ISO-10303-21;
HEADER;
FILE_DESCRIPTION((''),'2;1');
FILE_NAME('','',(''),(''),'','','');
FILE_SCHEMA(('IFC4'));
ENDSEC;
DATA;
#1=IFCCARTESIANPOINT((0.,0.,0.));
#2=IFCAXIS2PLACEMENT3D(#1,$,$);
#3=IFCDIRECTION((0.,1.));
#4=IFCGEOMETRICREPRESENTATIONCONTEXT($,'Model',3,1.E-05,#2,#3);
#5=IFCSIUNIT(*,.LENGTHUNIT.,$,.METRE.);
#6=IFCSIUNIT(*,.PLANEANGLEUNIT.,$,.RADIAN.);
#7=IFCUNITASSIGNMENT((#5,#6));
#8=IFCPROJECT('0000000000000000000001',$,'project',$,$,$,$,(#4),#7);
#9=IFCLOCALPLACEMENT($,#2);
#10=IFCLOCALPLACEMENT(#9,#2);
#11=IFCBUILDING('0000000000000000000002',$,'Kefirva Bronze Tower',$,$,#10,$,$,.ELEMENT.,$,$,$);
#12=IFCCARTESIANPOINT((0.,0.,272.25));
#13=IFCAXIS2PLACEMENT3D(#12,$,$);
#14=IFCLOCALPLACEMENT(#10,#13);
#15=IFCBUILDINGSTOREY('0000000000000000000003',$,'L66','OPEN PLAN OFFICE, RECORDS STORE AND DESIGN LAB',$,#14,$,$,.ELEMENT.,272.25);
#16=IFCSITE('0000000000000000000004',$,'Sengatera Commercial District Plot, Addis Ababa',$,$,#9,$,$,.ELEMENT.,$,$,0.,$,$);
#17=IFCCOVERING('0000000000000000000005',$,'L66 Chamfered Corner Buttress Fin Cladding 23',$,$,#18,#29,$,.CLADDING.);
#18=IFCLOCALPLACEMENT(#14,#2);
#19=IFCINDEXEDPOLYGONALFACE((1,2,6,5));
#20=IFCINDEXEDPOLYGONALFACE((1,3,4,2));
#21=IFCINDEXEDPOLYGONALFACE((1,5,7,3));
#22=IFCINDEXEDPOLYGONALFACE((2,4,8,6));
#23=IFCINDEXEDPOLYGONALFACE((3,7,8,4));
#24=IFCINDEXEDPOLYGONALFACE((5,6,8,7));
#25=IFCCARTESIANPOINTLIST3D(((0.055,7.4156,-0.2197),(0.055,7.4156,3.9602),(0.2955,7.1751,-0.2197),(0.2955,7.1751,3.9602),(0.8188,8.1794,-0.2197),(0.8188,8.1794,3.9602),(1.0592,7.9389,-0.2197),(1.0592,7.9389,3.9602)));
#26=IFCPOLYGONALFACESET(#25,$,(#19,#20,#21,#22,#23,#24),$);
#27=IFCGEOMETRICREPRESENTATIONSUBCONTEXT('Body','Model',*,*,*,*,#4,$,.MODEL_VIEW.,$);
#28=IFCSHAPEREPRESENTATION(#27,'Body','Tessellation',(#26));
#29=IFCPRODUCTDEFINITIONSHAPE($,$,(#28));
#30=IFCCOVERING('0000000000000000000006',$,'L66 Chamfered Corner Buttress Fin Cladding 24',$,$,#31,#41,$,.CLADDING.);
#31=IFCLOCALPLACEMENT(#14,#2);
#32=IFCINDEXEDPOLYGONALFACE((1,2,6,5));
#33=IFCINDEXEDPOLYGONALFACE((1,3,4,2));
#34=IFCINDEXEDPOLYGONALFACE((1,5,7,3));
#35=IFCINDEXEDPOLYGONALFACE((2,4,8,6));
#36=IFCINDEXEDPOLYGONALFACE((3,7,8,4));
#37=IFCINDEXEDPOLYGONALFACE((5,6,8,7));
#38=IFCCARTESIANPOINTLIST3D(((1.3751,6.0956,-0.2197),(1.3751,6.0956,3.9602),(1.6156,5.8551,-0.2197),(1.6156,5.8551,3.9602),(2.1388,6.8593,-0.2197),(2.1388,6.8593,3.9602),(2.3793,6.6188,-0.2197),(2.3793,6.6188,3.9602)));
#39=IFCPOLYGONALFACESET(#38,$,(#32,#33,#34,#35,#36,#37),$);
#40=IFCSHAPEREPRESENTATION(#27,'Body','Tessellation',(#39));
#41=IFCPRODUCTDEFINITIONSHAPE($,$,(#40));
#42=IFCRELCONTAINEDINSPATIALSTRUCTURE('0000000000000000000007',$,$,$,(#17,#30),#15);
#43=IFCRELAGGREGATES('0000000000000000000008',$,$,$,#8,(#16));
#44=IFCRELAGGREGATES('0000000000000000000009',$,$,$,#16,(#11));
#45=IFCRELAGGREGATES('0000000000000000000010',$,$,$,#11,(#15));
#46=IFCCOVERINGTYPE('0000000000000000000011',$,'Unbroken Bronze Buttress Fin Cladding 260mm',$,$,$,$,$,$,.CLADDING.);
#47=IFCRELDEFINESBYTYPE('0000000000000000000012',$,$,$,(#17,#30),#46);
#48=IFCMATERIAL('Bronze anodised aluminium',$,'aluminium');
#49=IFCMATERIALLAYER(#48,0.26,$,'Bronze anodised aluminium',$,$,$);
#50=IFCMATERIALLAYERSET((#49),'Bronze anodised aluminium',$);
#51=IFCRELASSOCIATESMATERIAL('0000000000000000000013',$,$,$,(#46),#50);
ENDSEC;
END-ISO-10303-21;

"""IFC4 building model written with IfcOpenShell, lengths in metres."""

from ifc_helpers import new_model, si_unit, direction, frame, origin, origin_2d, place, context, subcontext, project, spatial, rectangle, extrude, material, layer, layer_set, type_object, element, save


model = new_model("IFC4")

# Units and contexts
model_context = context("Model", 3, precision=1e-05, world=origin(), true_north=direction((0.0, 1.0)))
body_context = subcontext(model_context, "Body", "Model", "MODEL_VIEW")
ifc_project = project(units=[si_unit("LENGTHUNIT", "METRE"), si_unit("PLANEANGLEUNIT", "RADIAN")], contexts=[model_context])

# Site, building, storey
site_placement = place(None, origin())
site = spatial("IfcSite", under=ifc_project, at=site_placement, Name="Sengatera Commercial District Plot, Addis Ababa", CompositionType="ELEMENT", RefElevation=0.0)
building_placement = place(site_placement, origin())
building = spatial("IfcBuilding", under=site, at=building_placement, Name="Kefirva Bronze Tower", CompositionType="ELEMENT")
storey_placement = place(building_placement, frame((0.0, 0.0, 272.25)))
storey = spatial("IfcBuildingStorey", under=building, at=storey_placement, Name="L66", Description="OPEN PLAN OFFICE, RECORDS STORE AND DESIGN LAB", CompositionType="ELEMENT", Elevation=272.25)

# Shared definitions
ifc_material_1 = material(Name="Bronze anodised aluminium", Category="aluminium")

# Coverings
ifc_layer_1 = layer(ifc_material_1, 0.26, Name="Bronze anodised aluminium")
ifc_layer_set_1 = layer_set([ifc_layer_1], Name="Bronze anodised aluminium")
covering_type_1 = type_object("IfcCoveringType", Name="Unbroken Bronze Buttress Fin Cladding 260mm", PredefinedType="CLADDING", material=ifc_layer_set_1)
for number, where, z_axis, x_axis, name in (
    (1, (0.5571, 7.6772, -0.2197), (0.0, 0.0, 1.0), (0.707107, -0.707107, 0.0), "L66 Chamfered Corner Buttress Fin Cladding 23"),
    (2, (1.8772, 6.3572, -0.2197), (0.0, 0.0, 1.0), (0.707107, -0.707107, 0.0), "L66 Chamfered Corner Buttress Fin Cladding 24"),
):
    element("IfcCovering", number, at=place(storey_placement, frame(where, z_axis=z_axis, x_axis=x_axis)), inside=storey, type_object=covering_type_1, Name=name, PredefinedType="CLADDING", context=body_context, shape_type="SweptSolid", body=[
        extrude(rectangle(XDim=0.3401, YDim=1.0801, at=origin_2d()), origin(), (0.0, 0.0, 1.0), 4.1799),
    ])

save(model, "model.ifc")
